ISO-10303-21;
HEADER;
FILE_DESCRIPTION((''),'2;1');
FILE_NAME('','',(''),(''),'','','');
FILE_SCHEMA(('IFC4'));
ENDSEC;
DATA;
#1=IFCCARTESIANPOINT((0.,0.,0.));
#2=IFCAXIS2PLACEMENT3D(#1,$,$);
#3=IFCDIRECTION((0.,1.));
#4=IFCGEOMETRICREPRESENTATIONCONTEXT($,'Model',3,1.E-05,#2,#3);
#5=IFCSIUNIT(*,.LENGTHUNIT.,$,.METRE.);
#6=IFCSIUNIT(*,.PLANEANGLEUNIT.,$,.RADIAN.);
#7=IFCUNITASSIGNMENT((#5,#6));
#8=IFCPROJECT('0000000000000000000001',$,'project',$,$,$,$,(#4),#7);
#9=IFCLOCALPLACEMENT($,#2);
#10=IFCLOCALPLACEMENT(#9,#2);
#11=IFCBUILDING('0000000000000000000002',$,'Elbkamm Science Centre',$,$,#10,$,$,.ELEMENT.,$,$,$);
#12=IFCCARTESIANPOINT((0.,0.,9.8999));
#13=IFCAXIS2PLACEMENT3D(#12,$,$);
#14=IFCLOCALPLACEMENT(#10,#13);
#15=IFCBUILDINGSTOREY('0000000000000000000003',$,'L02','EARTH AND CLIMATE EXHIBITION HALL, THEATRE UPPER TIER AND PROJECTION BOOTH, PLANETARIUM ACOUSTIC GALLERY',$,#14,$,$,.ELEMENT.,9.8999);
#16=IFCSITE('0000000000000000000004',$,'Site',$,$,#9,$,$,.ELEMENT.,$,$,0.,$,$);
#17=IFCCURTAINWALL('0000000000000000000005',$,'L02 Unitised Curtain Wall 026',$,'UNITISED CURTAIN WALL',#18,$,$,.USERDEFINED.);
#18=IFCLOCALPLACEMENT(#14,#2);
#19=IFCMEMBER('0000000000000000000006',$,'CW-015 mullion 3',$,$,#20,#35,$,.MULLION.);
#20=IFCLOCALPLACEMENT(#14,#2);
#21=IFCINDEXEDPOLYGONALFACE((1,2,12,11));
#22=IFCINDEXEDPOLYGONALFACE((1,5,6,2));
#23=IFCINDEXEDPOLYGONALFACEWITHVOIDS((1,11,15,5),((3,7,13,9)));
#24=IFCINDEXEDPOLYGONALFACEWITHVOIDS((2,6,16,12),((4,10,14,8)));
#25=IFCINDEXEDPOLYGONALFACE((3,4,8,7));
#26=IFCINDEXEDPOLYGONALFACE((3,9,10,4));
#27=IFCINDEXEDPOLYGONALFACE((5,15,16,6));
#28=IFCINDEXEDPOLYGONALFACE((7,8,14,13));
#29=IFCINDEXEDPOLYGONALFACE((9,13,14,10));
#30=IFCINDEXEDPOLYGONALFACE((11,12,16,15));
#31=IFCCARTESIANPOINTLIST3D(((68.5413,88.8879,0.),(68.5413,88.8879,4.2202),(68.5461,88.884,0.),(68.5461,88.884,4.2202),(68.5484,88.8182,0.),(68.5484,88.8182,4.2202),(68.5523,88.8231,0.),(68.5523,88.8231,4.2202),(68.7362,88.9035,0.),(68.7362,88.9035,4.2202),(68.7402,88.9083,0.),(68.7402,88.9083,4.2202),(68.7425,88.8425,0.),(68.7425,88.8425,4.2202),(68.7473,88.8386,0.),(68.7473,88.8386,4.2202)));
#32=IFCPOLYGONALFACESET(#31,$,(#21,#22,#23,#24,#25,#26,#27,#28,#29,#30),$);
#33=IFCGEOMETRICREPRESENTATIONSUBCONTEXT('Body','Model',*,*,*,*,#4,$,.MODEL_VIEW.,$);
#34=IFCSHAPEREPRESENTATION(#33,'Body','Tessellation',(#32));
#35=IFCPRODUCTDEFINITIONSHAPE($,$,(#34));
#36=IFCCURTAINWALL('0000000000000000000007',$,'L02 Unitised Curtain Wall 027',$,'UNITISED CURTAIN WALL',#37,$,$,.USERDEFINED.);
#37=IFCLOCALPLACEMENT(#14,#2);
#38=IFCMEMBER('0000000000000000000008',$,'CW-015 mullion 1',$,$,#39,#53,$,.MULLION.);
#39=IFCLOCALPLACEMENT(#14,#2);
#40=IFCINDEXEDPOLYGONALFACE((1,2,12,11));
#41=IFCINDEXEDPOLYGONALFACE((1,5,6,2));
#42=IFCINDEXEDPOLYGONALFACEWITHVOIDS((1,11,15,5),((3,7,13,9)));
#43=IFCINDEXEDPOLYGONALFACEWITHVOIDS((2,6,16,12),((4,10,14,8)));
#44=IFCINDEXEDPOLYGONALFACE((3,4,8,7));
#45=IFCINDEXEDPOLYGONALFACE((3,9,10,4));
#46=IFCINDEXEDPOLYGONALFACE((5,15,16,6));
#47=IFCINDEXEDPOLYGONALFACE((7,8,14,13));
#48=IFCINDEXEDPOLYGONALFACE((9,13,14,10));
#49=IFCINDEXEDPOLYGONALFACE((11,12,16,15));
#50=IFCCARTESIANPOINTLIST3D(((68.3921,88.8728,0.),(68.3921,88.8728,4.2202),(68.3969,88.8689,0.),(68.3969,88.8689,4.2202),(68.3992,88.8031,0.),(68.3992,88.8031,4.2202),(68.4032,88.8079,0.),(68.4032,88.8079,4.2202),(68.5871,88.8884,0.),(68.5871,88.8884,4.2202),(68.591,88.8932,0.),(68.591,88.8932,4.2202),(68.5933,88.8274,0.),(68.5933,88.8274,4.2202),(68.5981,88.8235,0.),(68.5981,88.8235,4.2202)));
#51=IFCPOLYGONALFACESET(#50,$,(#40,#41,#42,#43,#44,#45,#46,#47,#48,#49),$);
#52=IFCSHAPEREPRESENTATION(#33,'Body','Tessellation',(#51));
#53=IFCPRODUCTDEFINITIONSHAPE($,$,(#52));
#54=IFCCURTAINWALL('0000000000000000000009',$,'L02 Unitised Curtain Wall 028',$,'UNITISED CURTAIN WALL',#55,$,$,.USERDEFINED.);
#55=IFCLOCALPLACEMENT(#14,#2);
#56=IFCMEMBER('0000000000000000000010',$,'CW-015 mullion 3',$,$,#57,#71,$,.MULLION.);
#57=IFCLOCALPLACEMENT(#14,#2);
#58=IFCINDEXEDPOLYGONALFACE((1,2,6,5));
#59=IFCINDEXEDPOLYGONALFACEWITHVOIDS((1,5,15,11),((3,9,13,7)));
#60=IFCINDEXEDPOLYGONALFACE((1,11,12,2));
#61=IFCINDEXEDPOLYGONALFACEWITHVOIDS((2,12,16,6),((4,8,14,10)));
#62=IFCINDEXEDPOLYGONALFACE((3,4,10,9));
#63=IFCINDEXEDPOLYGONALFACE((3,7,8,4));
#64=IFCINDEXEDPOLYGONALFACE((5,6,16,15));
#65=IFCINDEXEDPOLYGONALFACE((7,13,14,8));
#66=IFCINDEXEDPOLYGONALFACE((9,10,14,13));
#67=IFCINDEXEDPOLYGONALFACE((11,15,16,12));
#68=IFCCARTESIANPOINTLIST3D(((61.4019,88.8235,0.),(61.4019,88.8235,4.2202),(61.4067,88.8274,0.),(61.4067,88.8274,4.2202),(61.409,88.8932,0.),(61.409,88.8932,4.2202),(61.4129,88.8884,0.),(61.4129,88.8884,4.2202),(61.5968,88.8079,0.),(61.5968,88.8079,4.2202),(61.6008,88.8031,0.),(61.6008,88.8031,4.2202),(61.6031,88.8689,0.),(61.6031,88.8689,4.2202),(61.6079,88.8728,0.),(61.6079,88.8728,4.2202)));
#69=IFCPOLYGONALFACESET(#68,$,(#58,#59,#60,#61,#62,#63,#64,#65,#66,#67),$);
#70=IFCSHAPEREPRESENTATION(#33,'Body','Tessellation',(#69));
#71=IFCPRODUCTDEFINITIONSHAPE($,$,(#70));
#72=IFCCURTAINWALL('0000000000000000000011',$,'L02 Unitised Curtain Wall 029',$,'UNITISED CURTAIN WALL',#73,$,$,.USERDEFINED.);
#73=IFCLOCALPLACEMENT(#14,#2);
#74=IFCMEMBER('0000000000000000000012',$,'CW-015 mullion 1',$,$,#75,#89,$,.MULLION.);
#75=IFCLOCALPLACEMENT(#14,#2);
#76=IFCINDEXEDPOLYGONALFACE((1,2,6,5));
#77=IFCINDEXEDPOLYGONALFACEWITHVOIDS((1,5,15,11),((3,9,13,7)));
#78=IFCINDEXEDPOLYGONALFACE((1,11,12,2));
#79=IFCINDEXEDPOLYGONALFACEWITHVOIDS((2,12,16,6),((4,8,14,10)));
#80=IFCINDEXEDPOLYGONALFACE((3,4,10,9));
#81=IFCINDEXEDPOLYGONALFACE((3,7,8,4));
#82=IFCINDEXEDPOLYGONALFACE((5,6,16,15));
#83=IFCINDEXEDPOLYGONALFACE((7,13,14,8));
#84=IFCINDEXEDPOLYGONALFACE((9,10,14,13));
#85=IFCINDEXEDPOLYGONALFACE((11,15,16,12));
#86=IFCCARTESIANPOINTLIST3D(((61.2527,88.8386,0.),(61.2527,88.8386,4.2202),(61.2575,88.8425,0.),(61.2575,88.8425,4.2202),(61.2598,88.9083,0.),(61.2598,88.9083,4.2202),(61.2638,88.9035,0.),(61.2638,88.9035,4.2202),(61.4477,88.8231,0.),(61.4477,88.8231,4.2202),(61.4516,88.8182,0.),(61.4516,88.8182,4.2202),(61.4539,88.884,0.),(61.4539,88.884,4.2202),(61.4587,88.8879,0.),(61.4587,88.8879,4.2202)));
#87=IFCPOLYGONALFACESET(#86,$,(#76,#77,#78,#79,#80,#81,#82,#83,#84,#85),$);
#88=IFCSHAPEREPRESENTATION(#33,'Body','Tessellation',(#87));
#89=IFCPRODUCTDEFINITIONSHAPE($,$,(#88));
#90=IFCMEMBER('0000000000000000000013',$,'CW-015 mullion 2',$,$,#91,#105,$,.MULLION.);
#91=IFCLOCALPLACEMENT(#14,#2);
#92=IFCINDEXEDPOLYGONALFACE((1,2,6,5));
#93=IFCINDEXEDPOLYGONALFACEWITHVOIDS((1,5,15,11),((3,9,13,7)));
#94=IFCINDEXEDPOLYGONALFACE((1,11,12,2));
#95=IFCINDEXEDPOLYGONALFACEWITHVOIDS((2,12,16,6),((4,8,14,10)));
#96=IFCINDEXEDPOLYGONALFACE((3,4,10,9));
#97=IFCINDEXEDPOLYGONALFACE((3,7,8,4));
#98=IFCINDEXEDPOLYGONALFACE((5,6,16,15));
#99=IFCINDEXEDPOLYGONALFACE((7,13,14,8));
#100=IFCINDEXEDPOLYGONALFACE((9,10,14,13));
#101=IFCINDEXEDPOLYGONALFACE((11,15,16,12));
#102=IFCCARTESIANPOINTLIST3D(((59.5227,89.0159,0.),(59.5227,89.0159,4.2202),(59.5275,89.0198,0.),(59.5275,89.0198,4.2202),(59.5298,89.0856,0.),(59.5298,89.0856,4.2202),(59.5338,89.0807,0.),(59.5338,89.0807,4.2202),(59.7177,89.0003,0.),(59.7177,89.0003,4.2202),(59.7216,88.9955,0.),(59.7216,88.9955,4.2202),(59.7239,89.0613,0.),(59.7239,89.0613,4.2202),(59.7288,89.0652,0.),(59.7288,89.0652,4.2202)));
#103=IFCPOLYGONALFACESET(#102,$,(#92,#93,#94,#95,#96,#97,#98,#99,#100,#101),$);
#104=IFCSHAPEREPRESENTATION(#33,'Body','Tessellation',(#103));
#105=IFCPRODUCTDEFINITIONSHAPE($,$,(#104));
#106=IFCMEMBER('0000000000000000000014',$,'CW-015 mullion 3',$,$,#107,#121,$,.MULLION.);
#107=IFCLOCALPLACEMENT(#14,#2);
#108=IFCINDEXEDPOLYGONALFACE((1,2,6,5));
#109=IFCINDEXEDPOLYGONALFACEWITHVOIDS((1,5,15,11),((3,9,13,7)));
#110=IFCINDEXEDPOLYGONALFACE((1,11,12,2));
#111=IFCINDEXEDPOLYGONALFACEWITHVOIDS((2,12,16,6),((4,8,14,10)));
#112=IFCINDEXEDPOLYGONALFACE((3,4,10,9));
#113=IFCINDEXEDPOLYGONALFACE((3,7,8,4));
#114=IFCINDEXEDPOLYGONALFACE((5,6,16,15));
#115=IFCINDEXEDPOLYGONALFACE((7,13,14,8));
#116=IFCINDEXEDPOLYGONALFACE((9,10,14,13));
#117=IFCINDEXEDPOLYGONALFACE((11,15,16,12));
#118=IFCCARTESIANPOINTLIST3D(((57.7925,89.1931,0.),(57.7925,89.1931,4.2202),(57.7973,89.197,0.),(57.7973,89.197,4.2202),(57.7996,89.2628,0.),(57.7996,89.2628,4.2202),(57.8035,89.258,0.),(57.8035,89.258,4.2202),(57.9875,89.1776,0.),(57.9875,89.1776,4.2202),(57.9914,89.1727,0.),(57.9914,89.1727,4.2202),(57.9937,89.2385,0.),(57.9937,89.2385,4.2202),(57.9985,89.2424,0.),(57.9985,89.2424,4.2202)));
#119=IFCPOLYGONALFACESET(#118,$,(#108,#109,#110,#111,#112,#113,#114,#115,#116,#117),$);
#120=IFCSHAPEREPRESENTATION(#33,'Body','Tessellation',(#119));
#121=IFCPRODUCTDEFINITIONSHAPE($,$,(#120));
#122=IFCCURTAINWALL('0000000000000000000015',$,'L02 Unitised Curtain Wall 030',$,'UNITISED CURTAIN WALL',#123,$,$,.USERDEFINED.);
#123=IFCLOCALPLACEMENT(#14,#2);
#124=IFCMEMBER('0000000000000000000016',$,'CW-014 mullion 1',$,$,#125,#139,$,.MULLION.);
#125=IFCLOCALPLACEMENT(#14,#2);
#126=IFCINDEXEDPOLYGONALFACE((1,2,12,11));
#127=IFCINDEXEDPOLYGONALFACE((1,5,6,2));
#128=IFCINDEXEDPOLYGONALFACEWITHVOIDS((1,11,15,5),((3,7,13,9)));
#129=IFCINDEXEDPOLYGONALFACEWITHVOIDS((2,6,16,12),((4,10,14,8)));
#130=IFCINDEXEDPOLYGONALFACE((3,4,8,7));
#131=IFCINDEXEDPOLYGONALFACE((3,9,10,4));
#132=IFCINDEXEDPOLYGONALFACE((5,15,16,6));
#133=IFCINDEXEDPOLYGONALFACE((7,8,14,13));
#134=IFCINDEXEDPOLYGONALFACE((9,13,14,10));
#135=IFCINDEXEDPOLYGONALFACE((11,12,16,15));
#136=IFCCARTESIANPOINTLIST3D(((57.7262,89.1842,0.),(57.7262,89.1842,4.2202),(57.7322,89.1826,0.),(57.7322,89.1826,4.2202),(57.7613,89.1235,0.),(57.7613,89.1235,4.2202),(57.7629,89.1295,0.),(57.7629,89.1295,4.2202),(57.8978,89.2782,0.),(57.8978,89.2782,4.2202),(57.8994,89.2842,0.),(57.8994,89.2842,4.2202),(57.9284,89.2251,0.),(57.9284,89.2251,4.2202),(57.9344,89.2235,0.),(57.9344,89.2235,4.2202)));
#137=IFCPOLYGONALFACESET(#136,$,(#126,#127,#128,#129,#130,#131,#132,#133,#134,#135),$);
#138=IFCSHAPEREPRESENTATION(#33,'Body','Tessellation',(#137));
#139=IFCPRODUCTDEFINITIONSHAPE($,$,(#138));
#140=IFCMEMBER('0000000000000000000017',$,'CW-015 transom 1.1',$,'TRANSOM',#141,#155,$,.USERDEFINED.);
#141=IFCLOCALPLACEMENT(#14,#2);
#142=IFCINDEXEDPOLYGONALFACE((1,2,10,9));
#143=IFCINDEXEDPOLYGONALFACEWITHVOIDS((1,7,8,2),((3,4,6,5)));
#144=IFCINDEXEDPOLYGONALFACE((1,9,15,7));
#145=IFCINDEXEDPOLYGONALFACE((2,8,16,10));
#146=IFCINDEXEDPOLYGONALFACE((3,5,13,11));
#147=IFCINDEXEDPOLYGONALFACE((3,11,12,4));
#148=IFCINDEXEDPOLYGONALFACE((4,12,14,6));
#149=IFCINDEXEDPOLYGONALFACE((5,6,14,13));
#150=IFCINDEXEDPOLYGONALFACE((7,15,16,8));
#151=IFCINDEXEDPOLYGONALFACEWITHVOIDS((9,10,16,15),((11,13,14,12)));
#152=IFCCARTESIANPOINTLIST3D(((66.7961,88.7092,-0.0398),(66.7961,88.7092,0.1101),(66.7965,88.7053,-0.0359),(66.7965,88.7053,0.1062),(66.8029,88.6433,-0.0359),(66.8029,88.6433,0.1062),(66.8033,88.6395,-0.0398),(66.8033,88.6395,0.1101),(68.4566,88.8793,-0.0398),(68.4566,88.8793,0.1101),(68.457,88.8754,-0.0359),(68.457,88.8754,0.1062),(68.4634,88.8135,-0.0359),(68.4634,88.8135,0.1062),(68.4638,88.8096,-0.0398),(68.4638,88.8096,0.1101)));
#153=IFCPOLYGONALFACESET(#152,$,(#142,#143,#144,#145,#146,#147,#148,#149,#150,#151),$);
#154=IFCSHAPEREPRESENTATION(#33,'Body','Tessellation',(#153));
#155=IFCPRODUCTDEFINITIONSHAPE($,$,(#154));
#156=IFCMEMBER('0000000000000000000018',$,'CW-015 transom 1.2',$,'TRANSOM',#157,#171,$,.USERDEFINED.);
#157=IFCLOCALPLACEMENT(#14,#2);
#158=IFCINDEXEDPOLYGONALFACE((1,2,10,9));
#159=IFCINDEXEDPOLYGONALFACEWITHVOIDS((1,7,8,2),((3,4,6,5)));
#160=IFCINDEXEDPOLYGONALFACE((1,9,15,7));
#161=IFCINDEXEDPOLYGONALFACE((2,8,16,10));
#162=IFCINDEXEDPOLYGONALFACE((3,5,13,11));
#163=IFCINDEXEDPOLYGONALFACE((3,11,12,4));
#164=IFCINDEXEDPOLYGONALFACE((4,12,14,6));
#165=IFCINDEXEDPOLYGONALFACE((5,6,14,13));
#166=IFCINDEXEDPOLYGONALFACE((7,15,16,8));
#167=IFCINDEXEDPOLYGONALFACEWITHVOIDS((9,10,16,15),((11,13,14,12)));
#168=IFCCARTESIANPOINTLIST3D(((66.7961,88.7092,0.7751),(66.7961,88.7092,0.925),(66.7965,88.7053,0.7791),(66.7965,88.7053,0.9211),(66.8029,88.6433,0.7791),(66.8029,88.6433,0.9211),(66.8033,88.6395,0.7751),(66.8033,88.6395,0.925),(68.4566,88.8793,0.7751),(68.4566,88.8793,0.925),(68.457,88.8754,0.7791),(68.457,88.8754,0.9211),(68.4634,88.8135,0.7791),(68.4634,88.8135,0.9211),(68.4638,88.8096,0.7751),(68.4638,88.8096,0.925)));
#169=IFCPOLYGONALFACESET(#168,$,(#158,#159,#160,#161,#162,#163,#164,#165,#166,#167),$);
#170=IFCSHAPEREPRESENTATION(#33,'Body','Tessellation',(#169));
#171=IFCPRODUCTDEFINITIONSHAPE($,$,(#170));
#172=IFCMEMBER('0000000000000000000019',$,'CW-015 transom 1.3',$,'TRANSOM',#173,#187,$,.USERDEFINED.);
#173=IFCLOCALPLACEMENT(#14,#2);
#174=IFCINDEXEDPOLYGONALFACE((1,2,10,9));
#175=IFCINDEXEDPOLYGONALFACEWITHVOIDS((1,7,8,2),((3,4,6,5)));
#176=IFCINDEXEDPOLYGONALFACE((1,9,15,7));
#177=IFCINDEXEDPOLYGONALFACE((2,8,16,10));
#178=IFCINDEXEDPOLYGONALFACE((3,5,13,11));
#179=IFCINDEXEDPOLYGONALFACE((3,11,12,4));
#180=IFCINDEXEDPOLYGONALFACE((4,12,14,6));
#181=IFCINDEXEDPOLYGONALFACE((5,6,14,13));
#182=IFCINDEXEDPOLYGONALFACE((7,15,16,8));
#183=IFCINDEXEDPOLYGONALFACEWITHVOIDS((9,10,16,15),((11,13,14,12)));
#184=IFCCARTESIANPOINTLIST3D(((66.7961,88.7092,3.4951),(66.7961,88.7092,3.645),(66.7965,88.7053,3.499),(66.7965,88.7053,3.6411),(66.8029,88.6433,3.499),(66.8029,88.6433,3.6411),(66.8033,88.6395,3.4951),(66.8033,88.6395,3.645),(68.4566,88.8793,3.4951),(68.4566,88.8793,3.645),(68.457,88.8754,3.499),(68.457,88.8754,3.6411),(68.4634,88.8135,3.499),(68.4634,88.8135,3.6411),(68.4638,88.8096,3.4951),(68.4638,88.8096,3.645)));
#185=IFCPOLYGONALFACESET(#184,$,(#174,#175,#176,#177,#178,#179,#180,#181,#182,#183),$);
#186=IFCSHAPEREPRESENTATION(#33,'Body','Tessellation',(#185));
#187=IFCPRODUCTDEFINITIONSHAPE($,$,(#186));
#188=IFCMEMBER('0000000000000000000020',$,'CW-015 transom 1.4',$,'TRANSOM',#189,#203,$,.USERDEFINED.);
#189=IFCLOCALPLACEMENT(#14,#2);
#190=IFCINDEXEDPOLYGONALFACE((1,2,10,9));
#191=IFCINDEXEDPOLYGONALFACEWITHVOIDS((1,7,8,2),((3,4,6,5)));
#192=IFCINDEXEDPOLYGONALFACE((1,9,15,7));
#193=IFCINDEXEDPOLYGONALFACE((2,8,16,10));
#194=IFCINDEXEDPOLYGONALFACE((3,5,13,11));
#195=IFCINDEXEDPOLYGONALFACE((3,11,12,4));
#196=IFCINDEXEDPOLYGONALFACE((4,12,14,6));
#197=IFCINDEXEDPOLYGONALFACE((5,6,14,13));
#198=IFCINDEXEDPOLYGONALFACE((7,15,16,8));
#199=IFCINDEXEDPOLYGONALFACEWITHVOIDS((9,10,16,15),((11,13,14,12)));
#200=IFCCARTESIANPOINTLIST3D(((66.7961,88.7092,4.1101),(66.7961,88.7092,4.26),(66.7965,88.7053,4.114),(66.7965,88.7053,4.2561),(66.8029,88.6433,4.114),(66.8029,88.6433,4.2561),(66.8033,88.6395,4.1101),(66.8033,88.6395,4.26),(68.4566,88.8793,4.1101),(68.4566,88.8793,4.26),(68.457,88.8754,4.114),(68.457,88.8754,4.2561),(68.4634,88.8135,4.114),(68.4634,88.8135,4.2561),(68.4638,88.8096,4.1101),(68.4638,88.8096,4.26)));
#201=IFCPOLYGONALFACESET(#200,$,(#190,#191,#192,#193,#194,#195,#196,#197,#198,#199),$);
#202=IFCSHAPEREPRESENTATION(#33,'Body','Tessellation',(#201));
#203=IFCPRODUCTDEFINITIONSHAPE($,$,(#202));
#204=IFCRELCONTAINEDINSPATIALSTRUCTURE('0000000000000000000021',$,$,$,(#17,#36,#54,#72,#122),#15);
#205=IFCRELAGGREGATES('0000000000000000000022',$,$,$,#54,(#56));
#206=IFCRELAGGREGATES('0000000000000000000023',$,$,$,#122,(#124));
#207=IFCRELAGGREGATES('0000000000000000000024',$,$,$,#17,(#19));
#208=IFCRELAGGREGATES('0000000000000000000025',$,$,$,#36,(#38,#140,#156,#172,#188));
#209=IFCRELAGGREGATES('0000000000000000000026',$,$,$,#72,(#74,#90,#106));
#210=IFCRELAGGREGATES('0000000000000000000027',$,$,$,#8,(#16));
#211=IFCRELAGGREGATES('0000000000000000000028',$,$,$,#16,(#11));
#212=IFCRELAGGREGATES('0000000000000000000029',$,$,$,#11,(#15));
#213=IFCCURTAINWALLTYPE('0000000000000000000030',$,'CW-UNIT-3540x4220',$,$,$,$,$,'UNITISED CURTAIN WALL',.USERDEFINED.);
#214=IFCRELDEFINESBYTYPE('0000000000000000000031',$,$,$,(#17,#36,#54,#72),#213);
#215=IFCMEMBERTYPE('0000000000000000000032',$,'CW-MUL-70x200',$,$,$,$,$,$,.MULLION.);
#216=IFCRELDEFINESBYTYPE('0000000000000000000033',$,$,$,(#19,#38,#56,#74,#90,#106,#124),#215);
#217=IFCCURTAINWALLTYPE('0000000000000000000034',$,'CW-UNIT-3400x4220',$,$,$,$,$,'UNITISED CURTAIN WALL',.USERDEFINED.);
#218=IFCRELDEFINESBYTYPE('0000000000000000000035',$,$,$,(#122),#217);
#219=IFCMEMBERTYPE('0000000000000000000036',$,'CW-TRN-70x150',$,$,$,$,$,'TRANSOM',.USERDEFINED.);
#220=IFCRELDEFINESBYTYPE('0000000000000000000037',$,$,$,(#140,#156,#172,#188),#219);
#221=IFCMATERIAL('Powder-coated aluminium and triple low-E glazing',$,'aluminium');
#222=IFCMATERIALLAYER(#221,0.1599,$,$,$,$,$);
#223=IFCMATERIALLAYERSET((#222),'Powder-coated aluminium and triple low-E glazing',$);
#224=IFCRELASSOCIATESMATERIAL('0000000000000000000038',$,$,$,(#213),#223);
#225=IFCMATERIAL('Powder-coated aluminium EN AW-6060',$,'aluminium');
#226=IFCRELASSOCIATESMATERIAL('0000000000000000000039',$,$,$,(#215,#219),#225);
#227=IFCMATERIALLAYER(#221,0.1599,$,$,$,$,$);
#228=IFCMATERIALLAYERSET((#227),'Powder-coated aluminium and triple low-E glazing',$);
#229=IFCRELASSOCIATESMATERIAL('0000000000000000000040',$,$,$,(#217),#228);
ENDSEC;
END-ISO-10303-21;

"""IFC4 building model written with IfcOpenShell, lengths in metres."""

from ifc_helpers import new_model, si_unit, direction, frame, origin, origin_2d, place, context, subcontext, project, spatial, hollow_rectangle, extrude, material, layer, layer_set, material_profile, profile_set, type_object, element, aggregate, save


model = new_model("IFC4")

# Units and contexts
model_context = context("Model", 3, precision=1e-05, world=origin(), true_north=direction((0.0, 1.0)))
body_context = subcontext(model_context, "Body", "Model", "MODEL_VIEW")
ifc_project = project(units=[si_unit("LENGTHUNIT", "METRE"), si_unit("PLANEANGLEUNIT", "RADIAN")], contexts=[model_context])

# Site, building, storey
site_placement = place(None, origin())
site = spatial("IfcSite", under=ifc_project, at=site_placement, Name="Site", CompositionType="ELEMENT", RefElevation=0.0)
building_placement = place(site_placement, origin())
building = spatial("IfcBuilding", under=site, at=building_placement, Name="Elbkamm Science Centre", CompositionType="ELEMENT")
storey_placement = place(building_placement, frame((0.0, 0.0, 9.8999)))
storey = spatial("IfcBuildingStorey", under=building, at=storey_placement, Name="L02", Description="EARTH AND CLIMATE EXHIBITION HALL, THEATRE UPPER TIER AND PROJECTION BOOTH, PLANETARIUM ACOUSTIC GALLERY", CompositionType="ELEMENT", Elevation=9.8999)

# Curtain walls, members
ifc_material_1 = material(Name="Powder-coated aluminium and triple low-E glazing", Category="aluminium")
ifc_layer_1 = layer(ifc_material_1, 0.1599)
ifc_layer_set_1 = layer_set([ifc_layer_1], Name="Powder-coated aluminium and triple low-E glazing")
curtain_wall_type_1 = type_object("IfcCurtainWallType", Name="CW-UNIT-3540x4220", ElementType="UNITISED CURTAIN WALL", PredefinedType="USERDEFINED", material=ifc_layer_set_1)
curtain_wall_1_placement = place(storey_placement, origin())
curtain_wall_1 = element("IfcCurtainWall", 1, at=curtain_wall_1_placement, inside=storey, type_object=curtain_wall_type_1, Name="L02 Unitised Curtain Wall 026", ObjectType="UNITISED CURTAIN WALL", PredefinedType="USERDEFINED")
ifc_material_2 = material(Name="Powder-coated aluminium EN AW-6060", Category="aluminium")
ifc_material_profile_1 = material_profile(ifc_material_2, hollow_rectangle(XDim=0.0701, YDim=0.2, WallThickness=0.0044, at=origin_2d()), Name="ALU M70x200")
ifc_profile_set_1 = profile_set([ifc_material_profile_1], Name="Powder-coated aluminium EN AW-6060")
member_type_1 = type_object("IfcMemberType", Name="CW-MUL-70x200", PredefinedType="MULLION", material=ifc_profile_set_1)
member_1_placement = place(storey_placement, frame((68.6443, 88.8633, 0.0), z_axis=(0.0, 0.0, 1.0), x_axis=(0.101906, -0.994794, 0.0)))
member_1 = element("IfcMember", 2, at=member_1_placement, type_object=member_type_1, Name="CW-015 mullion 3", PredefinedType="MULLION", context=body_context, shape_type="SweptSolid", body=[
    extrude(hollow_rectangle(XDim=0.0701, YDim=0.2, WallThickness=0.0044, at=origin_2d()), origin(), (0.0, 0.0, 1.0), 4.2202),
])
curtain_wall_2_placement = place(storey_placement, origin())
curtain_wall_2 = element("IfcCurtainWall", 3, at=curtain_wall_2_placement, inside=storey, type_object=curtain_wall_type_1, Name="L02 Unitised Curtain Wall 027", ObjectType="UNITISED CURTAIN WALL", PredefinedType="USERDEFINED")
member_2_placement = place(storey_placement, frame((68.4951, 88.8481, 0.0), z_axis=(0.0, 0.0, 1.0), x_axis=(0.101906, -0.994794, 0.0)))
member_2 = element("IfcMember", 4, at=member_2_placement, type_object=member_type_1, Name="CW-015 mullion 1", PredefinedType="MULLION", context=body_context, shape_type="SweptSolid", body=[
    extrude(hollow_rectangle(XDim=0.0701, YDim=0.2, WallThickness=0.0044, at=origin_2d()), origin(), (0.0, 0.0, 1.0), 4.2202),
])
curtain_wall_3_placement = place(storey_placement, origin())
curtain_wall_3 = element("IfcCurtainWall", 5, at=curtain_wall_3_placement, inside=storey, type_object=curtain_wall_type_1, Name="L02 Unitised Curtain Wall 028", ObjectType="UNITISED CURTAIN WALL", PredefinedType="USERDEFINED")
member_3_placement = place(storey_placement, frame((61.5049, 88.8481, 0.0), z_axis=(0.0, 0.0, 1.0), x_axis=(-0.101906, -0.994794, 0.0)))
member_3 = element("IfcMember", 6, at=member_3_placement, type_object=member_type_1, Name="CW-015 mullion 3", PredefinedType="MULLION", context=body_context, shape_type="SweptSolid", body=[
    extrude(hollow_rectangle(XDim=0.0701, YDim=0.2, WallThickness=0.0044, at=origin_2d()), origin(), (0.0, 0.0, 1.0), 4.2202),
])
aggregate(curtain_wall_3, [member_3])

# Curtain wall, members
curtain_wall_4_placement = place(storey_placement, origin())
curtain_wall_4 = element("IfcCurtainWall", 7, at=curtain_wall_4_placement, inside=storey, type_object=curtain_wall_type_1, Name="L02 Unitised Curtain Wall 029", ObjectType="UNITISED CURTAIN WALL", PredefinedType="USERDEFINED")
member_4_placement = place(storey_placement, frame((61.3557, 88.8633, 0.0), z_axis=(0.0, 0.0, 1.0), x_axis=(-0.101906, -0.994794, 0.0)))
member_4 = element("IfcMember", 8, at=member_4_placement, type_object=member_type_1, Name="CW-015 mullion 1", PredefinedType="MULLION", context=body_context, shape_type="SweptSolid", body=[
    extrude(hollow_rectangle(XDim=0.0701, YDim=0.2, WallThickness=0.0044, at=origin_2d()), origin(), (0.0, 0.0, 1.0), 4.2202),
])
member_5_placement = place(storey_placement, frame((59.6257, 89.0405, 0.0), z_axis=(0.0, 0.0, 1.0), x_axis=(-0.101906, -0.994794, 0.0)))
member_5 = element("IfcMember", 9, at=member_5_placement, type_object=member_type_1, Name="CW-015 mullion 2", PredefinedType="MULLION", context=body_context, shape_type="SweptSolid", body=[
    extrude(hollow_rectangle(XDim=0.0701, YDim=0.2, WallThickness=0.0044, at=origin_2d()), origin(), (0.0, 0.0, 1.0), 4.2202),
])
member_6_placement = place(storey_placement, frame((57.8955, 89.2178, 0.0), z_axis=(0.0, 0.0, 1.0), x_axis=(-0.101906, -0.994794, 0.0)))
member_6 = element("IfcMember", 10, at=member_6_placement, type_object=member_type_1, Name="CW-015 mullion 3", PredefinedType="MULLION", context=body_context, shape_type="SweptSolid", body=[
    extrude(hollow_rectangle(XDim=0.0701, YDim=0.2, WallThickness=0.0044, at=origin_2d()), origin(), (0.0, 0.0, 1.0), 4.2202),
])

# Curtain wall, member
ifc_layer_2 = layer(ifc_material_1, 0.1599)
ifc_layer_set_2 = layer_set([ifc_layer_2], Name="Powder-coated aluminium and triple low-E glazing")
curtain_wall_type_2 = type_object("IfcCurtainWallType", Name="CW-UNIT-3400x4220", ElementType="UNITISED CURTAIN WALL", PredefinedType="USERDEFINED", material=ifc_layer_set_2)
curtain_wall_5_placement = place(storey_placement, origin())
curtain_wall_5 = element("IfcCurtainWall", 11, at=curtain_wall_5_placement, inside=storey, type_object=curtain_wall_type_2, Name="L02 Unitised Curtain Wall 030", ObjectType="UNITISED CURTAIN WALL", PredefinedType="USERDEFINED")
member_7_placement = place(storey_placement, frame((57.8303, 89.2039, 0.0), z_axis=(0.0, 0.0, 1.0), x_axis=(0.500321, -0.86584, 0.0)))
member_7 = element("IfcMember", 12, at=member_7_placement, type_object=member_type_1, Name="CW-014 mullion 1", PredefinedType="MULLION", context=body_context, shape_type="SweptSolid", body=[
    extrude(hollow_rectangle(XDim=0.0701, YDim=0.2, WallThickness=0.0044, at=origin_2d()), origin(), (0.0, 0.0, 1.0), 4.2202),
])

# Members
ifc_material_profile_2 = material_profile(ifc_material_2, hollow_rectangle(XDim=0.0701, YDim=0.1499, WallThickness=0.0039, at=origin_2d()), Name="ALU T70x150")
ifc_profile_set_2 = profile_set([ifc_material_profile_2], Name="Powder-coated aluminium EN AW-6060")
member_type_2 = type_object("IfcMemberType", Name="CW-TRN-70x150", ElementType="TRANSOM", PredefinedType="USERDEFINED", material=ifc_profile_set_2)
member_8_placement = place(storey_placement, frame((68.4602, 88.8445, 0.0352), z_axis=(-0.994789, -0.101951, 0.0), x_axis=(0.101951, -0.994789, 0.0)))
member_8 = element("IfcMember", 13, at=member_8_placement, type_object=member_type_2, Name="CW-015 transom 1.1", ObjectType="TRANSOM", PredefinedType="USERDEFINED", context=body_context, shape_type="SweptSolid", body=[
    extrude(hollow_rectangle(XDim=0.0701, YDim=0.1499, WallThickness=0.0039, at=origin_2d()), origin(), (0.0, 0.0, 1.0), 1.6692),
])
member_9_placement = place(storey_placement, frame((68.4602, 88.8445, 0.8501), z_axis=(-0.994789, -0.101951, 0.0), x_axis=(0.101951, -0.994789, 0.0)))
member_9 = element("IfcMember", 14, at=member_9_placement, type_object=member_type_2, Name="CW-015 transom 1.2", ObjectType="TRANSOM", PredefinedType="USERDEFINED", context=body_context, shape_type="SweptSolid", body=[
    extrude(hollow_rectangle(XDim=0.0701, YDim=0.1499, WallThickness=0.0039, at=origin_2d()), origin(), (0.0, 0.0, 1.0), 1.6692),
])
member_10_placement = place(storey_placement, frame((68.4602, 88.8445, 3.5701), z_axis=(-0.994789, -0.101951, 0.0), x_axis=(0.101951, -0.994789, 0.0)))
member_10 = element("IfcMember", 15, at=member_10_placement, type_object=member_type_2, Name="CW-015 transom 1.3", ObjectType="TRANSOM", PredefinedType="USERDEFINED", context=body_context, shape_type="SweptSolid", body=[
    extrude(hollow_rectangle(XDim=0.0701, YDim=0.1499, WallThickness=0.0039, at=origin_2d()), origin(), (0.0, 0.0, 1.0), 1.6692),
])
member_11_placement = place(storey_placement, frame((68.4602, 88.8445, 4.1851), z_axis=(-0.994789, -0.101951, 0.0), x_axis=(0.101951, -0.994789, 0.0)))
member_11 = element("IfcMember", 16, at=member_11_placement, type_object=member_type_2, Name="CW-015 transom 1.4", ObjectType="TRANSOM", PredefinedType="USERDEFINED", context=body_context, shape_type="SweptSolid", body=[
    extrude(hollow_rectangle(XDim=0.0701, YDim=0.1499, WallThickness=0.0039, at=origin_2d()), origin(), (0.0, 0.0, 1.0), 1.6692),
])
aggregate(curtain_wall_5, [member_7])

aggregate(curtain_wall_1, [member_1])
aggregate(curtain_wall_2, [member_2, member_8, member_9, member_10, member_11])
aggregate(curtain_wall_4, [member_4, member_5, member_6])

save(model, "model.ifc")
